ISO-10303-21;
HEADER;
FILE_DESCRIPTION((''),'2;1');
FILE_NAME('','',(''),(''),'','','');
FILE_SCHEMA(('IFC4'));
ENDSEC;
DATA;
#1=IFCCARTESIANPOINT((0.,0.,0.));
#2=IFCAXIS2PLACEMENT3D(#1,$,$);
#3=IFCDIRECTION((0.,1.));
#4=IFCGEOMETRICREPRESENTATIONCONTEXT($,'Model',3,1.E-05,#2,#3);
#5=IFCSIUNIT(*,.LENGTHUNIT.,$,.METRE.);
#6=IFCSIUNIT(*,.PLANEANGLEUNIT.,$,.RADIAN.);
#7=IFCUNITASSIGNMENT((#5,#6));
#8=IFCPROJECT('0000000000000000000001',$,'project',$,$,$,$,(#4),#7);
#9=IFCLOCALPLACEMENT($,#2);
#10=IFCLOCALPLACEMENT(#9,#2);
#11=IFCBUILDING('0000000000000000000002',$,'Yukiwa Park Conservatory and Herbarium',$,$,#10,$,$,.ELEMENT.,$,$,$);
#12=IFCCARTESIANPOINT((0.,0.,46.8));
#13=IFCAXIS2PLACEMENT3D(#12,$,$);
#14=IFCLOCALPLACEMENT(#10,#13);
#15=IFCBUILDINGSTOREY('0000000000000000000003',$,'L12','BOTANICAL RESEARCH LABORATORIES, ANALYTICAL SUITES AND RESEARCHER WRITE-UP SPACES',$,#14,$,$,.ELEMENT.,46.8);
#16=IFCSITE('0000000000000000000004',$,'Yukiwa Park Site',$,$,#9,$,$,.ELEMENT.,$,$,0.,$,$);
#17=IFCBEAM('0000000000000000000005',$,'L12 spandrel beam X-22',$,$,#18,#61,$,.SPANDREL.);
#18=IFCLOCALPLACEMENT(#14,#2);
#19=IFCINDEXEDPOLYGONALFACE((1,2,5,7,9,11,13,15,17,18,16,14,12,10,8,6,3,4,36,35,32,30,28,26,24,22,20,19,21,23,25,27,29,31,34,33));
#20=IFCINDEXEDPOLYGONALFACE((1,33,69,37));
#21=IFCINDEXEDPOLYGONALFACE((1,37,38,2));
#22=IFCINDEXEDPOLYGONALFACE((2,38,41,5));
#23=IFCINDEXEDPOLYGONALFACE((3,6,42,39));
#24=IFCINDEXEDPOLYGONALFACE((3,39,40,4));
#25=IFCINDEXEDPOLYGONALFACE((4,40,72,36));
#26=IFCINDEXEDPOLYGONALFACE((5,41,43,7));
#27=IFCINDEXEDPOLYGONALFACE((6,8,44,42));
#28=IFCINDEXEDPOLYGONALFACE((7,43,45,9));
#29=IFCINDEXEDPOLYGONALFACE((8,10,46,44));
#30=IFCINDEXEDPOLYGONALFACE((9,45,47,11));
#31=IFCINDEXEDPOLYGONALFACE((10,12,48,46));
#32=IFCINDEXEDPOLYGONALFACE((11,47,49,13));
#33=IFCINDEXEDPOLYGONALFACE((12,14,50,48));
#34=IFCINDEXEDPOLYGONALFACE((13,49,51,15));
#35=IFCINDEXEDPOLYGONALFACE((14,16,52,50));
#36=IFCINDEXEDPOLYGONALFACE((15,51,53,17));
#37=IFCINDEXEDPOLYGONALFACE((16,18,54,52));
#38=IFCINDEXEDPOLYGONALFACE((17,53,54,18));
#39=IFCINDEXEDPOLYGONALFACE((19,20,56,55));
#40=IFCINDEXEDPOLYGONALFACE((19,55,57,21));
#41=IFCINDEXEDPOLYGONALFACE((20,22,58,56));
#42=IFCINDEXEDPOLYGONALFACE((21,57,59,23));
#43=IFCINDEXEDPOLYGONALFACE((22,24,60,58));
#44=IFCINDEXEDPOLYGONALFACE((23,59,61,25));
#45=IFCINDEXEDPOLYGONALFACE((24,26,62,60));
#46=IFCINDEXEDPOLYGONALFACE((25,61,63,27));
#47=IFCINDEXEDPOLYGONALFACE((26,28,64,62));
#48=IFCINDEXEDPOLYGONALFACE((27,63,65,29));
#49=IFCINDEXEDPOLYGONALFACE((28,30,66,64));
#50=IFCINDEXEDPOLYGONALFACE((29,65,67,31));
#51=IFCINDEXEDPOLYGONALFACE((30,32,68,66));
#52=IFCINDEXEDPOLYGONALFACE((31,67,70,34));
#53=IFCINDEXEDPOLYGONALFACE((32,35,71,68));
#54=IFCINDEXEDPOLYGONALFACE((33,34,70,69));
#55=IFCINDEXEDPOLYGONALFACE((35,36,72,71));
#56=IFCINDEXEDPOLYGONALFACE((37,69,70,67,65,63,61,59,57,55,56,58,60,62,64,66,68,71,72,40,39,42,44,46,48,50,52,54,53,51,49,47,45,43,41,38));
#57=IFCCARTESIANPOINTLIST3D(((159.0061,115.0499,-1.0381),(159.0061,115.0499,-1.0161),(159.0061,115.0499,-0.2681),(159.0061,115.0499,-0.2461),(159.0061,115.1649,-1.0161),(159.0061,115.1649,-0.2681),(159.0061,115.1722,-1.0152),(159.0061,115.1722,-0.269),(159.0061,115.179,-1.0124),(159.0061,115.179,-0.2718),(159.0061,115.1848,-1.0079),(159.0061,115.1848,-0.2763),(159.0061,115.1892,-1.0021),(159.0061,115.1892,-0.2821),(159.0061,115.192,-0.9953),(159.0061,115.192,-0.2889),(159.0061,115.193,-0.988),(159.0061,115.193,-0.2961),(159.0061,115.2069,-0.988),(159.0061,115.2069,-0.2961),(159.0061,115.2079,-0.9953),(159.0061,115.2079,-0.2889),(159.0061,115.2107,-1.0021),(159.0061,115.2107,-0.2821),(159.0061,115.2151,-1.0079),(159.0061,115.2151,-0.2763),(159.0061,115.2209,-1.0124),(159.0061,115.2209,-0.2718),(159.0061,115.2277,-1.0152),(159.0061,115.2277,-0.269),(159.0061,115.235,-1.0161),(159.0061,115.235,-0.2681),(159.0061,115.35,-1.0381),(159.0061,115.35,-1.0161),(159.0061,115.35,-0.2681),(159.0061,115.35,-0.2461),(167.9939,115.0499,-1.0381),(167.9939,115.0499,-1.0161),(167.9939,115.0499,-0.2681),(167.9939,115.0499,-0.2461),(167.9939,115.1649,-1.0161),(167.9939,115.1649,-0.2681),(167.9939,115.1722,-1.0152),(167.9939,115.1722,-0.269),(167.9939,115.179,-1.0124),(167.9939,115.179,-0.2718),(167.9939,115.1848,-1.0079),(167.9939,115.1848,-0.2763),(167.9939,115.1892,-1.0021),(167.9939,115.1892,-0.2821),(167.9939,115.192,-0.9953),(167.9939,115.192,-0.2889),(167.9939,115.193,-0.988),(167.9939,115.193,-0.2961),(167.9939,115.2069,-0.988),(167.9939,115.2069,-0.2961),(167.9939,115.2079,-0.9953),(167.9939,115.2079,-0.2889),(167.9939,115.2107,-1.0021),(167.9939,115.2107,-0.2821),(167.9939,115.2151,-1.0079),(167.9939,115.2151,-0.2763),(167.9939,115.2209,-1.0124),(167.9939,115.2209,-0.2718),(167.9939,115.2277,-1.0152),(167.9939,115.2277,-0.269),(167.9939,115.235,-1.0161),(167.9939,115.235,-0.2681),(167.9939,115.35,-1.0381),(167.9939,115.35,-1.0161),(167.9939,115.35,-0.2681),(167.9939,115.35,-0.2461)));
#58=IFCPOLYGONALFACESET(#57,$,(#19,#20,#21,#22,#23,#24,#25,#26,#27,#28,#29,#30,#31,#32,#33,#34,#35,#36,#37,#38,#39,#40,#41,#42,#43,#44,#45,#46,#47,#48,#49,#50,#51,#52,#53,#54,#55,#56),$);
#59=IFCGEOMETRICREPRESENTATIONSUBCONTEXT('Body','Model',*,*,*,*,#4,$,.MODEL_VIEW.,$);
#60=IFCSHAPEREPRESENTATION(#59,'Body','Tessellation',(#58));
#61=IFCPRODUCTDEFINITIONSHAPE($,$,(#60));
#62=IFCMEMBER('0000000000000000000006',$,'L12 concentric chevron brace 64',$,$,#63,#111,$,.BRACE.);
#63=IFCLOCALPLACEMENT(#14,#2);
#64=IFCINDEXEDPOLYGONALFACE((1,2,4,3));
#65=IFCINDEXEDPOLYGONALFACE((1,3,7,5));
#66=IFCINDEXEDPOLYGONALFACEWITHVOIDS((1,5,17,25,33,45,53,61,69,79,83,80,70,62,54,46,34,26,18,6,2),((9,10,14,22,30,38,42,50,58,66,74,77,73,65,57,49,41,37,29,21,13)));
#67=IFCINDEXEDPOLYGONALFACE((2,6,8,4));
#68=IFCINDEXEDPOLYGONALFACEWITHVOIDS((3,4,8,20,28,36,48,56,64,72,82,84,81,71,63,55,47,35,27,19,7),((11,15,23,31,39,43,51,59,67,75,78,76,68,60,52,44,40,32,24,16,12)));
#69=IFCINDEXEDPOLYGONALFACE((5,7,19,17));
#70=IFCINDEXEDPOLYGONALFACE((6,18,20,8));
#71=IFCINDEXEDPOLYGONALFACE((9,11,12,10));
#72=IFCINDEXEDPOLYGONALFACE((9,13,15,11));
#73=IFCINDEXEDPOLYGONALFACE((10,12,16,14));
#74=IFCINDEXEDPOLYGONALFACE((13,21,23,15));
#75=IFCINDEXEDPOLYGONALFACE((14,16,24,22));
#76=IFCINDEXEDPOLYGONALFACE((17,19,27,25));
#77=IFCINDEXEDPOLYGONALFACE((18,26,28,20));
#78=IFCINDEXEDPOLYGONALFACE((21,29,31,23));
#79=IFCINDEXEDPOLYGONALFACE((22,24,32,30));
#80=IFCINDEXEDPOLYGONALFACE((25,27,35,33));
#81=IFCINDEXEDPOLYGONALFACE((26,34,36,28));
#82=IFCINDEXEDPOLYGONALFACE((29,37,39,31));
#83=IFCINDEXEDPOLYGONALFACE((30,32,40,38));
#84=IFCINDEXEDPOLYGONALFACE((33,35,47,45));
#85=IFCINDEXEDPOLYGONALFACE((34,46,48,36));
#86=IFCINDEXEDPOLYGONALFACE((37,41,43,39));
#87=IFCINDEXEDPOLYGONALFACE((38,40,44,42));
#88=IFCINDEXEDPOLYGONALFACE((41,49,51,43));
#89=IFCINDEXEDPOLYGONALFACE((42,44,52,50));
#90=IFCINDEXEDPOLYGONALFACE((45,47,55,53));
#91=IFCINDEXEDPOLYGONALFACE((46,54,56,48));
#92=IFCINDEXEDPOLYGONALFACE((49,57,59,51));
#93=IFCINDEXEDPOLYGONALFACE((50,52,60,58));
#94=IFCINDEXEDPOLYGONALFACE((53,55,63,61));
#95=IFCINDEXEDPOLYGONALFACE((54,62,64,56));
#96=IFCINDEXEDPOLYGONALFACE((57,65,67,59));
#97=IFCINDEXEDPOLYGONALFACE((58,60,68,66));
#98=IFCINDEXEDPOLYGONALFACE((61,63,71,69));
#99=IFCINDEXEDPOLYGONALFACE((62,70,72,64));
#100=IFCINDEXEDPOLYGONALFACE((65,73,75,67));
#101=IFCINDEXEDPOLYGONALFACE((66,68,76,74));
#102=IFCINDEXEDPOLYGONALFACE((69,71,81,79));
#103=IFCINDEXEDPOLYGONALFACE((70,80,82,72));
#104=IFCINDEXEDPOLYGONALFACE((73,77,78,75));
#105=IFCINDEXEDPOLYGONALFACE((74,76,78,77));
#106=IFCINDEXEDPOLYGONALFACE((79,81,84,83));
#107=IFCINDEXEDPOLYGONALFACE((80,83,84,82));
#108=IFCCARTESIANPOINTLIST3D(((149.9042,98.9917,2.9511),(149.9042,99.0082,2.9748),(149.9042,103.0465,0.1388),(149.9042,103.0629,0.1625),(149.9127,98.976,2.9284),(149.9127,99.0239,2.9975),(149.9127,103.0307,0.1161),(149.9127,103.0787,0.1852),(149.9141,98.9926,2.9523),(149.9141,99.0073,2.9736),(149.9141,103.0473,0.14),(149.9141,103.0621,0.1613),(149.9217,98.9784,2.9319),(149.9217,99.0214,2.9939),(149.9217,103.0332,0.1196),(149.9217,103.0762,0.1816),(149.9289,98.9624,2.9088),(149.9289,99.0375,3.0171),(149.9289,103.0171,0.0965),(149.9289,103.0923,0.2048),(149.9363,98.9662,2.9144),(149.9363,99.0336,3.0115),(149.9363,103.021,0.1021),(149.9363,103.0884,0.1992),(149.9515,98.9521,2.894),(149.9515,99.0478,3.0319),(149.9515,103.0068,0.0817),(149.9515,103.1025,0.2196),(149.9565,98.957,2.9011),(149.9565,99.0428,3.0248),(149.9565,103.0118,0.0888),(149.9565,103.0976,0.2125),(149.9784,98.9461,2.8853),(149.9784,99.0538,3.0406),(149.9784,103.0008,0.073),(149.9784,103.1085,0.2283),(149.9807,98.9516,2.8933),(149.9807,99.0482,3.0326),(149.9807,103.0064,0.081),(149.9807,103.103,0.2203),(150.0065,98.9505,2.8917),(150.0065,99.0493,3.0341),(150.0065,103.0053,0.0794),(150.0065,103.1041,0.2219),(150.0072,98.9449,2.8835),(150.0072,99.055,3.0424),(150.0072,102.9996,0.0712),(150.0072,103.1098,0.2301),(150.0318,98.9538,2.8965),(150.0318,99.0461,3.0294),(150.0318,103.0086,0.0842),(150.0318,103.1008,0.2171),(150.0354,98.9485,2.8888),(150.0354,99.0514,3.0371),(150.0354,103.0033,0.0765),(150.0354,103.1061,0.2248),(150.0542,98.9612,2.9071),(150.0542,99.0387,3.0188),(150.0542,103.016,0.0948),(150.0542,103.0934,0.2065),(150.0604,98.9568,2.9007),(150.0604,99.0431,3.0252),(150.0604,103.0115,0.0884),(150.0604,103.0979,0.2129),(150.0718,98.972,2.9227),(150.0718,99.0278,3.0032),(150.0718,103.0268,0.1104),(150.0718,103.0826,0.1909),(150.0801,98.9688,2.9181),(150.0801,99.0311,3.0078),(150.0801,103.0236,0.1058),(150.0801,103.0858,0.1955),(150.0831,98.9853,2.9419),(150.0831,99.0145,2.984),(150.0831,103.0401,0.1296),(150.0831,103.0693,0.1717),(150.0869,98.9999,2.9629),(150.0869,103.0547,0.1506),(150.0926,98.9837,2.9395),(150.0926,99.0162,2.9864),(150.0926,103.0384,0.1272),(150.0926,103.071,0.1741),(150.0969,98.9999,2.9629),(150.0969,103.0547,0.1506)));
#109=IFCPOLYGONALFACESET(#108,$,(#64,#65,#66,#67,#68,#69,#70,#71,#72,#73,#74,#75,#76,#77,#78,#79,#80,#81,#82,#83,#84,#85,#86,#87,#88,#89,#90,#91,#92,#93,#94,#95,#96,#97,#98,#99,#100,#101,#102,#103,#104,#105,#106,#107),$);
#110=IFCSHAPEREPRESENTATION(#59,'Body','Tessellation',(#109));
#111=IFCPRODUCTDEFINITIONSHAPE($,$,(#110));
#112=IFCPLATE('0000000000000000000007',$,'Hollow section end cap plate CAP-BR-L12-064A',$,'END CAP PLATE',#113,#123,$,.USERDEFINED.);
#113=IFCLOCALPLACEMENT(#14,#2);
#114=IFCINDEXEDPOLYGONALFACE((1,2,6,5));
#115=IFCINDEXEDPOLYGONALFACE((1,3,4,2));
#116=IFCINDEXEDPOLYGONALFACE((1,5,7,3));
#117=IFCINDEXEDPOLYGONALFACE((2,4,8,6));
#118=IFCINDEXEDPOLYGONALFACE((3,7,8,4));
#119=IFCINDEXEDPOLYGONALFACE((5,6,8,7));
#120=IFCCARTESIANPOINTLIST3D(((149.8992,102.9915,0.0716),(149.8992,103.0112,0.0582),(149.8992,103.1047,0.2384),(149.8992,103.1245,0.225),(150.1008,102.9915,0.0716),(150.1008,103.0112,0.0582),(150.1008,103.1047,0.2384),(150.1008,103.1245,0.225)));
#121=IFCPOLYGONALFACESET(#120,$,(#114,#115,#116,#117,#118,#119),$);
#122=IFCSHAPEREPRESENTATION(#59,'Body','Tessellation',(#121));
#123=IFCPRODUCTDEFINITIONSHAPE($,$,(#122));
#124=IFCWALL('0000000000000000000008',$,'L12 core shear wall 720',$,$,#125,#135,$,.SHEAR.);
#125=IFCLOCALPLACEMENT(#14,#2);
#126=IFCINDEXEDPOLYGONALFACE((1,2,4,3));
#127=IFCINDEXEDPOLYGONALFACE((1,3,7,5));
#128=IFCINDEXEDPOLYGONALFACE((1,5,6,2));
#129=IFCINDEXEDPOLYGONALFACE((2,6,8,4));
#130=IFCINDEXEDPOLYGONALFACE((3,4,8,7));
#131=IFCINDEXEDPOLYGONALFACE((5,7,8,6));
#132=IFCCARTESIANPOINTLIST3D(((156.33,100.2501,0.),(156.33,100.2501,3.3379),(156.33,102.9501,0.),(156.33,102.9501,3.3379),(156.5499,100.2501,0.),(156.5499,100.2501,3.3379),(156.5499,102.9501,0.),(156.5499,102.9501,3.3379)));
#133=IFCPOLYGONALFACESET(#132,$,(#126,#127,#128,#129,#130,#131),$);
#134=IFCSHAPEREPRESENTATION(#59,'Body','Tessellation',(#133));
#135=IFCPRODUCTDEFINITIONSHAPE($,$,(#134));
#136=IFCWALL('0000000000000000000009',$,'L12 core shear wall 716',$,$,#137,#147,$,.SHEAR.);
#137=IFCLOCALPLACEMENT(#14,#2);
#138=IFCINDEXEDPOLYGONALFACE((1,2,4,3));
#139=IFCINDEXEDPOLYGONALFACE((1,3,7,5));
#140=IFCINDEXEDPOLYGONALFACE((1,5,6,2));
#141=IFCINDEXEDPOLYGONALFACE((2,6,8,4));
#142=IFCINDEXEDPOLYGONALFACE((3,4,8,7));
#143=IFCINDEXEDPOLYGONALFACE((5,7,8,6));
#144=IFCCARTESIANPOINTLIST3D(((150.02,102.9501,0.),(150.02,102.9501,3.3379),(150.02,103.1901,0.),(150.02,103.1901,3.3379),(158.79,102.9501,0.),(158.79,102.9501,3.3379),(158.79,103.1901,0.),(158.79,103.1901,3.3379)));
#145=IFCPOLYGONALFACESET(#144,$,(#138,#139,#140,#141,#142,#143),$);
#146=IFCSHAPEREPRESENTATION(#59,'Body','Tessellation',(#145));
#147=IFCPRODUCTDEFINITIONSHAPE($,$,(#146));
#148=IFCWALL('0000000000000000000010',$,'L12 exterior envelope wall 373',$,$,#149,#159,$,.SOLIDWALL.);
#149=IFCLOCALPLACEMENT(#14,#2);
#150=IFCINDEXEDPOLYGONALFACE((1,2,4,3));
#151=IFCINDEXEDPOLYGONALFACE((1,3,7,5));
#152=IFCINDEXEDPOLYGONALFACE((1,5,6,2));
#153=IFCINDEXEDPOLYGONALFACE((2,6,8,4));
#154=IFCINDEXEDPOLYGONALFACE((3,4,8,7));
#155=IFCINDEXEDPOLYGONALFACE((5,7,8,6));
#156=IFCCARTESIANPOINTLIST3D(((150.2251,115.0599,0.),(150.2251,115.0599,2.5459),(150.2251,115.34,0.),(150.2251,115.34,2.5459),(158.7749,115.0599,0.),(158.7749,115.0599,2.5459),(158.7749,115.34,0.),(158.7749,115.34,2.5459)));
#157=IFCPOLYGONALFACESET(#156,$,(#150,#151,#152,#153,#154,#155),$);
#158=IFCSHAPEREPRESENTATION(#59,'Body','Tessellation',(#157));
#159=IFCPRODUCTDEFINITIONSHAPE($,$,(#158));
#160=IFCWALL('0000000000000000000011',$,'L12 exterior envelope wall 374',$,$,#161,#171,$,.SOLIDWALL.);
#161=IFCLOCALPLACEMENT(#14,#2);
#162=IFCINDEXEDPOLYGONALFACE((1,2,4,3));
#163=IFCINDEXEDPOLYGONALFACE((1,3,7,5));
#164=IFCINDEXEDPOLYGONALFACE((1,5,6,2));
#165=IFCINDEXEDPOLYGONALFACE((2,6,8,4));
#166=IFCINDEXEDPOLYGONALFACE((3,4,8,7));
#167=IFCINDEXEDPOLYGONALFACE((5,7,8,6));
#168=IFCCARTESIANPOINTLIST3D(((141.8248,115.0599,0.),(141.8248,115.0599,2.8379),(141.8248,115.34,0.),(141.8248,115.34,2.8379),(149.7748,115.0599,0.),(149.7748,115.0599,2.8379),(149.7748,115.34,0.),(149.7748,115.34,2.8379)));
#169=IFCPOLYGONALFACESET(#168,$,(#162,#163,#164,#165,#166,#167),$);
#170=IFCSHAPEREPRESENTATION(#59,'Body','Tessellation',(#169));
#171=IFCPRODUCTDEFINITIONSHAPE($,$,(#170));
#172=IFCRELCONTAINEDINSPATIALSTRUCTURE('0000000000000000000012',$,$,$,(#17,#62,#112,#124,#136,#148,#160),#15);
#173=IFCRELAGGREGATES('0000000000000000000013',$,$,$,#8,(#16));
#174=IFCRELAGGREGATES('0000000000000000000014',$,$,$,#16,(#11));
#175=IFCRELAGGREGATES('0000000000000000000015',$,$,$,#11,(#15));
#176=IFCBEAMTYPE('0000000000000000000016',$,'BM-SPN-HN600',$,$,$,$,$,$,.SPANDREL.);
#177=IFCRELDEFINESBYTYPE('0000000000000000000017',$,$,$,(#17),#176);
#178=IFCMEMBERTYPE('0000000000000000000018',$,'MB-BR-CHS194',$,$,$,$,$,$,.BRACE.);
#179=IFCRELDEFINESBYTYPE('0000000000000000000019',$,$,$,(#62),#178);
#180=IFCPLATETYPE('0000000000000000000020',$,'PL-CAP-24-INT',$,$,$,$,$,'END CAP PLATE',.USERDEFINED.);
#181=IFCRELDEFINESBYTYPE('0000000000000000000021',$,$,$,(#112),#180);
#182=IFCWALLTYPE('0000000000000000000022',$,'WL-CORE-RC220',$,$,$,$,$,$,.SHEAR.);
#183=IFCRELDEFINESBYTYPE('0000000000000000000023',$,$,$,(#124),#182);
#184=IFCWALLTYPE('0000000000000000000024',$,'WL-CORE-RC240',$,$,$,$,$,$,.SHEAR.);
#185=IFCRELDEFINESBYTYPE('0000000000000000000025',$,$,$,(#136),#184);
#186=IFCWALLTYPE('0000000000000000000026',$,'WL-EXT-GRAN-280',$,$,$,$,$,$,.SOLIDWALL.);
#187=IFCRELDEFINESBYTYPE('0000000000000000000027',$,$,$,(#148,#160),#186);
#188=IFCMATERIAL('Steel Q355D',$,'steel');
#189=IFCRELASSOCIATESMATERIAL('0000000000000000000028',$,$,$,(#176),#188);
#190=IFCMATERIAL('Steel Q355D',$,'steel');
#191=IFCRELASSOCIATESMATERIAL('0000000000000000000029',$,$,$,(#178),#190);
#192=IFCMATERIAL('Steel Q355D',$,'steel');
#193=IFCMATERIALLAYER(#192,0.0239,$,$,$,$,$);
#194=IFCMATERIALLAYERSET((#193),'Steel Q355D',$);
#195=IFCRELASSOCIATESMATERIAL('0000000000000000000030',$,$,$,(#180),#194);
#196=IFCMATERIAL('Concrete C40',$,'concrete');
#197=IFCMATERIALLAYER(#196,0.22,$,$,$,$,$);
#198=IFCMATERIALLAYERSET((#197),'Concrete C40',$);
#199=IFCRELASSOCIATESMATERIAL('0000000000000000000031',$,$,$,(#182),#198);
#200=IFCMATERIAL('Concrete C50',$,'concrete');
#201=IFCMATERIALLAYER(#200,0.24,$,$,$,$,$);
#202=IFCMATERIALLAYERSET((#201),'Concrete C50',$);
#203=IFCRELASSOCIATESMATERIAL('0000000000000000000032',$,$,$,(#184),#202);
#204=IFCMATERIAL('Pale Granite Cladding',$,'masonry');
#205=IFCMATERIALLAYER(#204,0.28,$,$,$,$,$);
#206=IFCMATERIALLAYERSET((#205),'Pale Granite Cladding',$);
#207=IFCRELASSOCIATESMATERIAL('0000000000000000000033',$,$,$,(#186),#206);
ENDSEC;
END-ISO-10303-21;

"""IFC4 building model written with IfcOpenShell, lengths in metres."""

from ifc_helpers import new_model, si_unit, direction, frame, frame_2d, origin, origin_2d, place, context, subcontext, project, spatial, rectangle, hollow_circle, i_section, extrude, material, layer, layer_set, material_profile, profile_set, type_object, element, save


model = new_model("IFC4")

# Units and contexts
model_context = context("Model", 3, precision=1e-05, world=origin(), true_north=direction((0.0, 1.0)))
body_context = subcontext(model_context, "Body", "Model", "MODEL_VIEW")
ifc_project = project(units=[si_unit("LENGTHUNIT", "METRE"), si_unit("PLANEANGLEUNIT", "RADIAN")], contexts=[model_context])

# Site, building, storey
site_placement = place(None, origin())
site = spatial("IfcSite", under=ifc_project, at=site_placement, Name="Yukiwa Park Site", CompositionType="ELEMENT", RefElevation=0.0)
building_placement = place(site_placement, origin())
building = spatial("IfcBuilding", under=site, at=building_placement, Name="Yukiwa Park Conservatory and Herbarium", CompositionType="ELEMENT")
storey_placement = place(building_placement, frame((0.0, 0.0, 46.8)))
storey = spatial("IfcBuildingStorey", under=building, at=storey_placement, Name="L12", Description="BOTANICAL RESEARCH LABORATORIES, ANALYTICAL SUITES AND RESEARCHER WRITE-UP SPACES", CompositionType="ELEMENT", Elevation=46.8)

# Beam
ifc_material_1 = material(Name="Steel Q355D", Category="steel")
ifc_material_profile_1 = material_profile(ifc_material_1, i_section(OverallWidth=0.3, OverallDepth=0.792, WebThickness=0.0139, FlangeThickness=0.022, FilletRadius=0.0281, at=origin_2d()), Name="HN 792x300x14x22")
ifc_profile_set_1 = profile_set([ifc_material_profile_1], Name="Steel Q355D")
beam_type_1 = type_object("IfcBeamType", Name="BM-SPN-HN600", PredefinedType="SPANDREL", material=ifc_profile_set_1)
for number, where, z_axis, x_axis, name in (
    (1, (159.0061, 115.2, -0.6421), (1.0, 0.0, 0.0), (0.0, 1.0, 0.0), "L12 spandrel beam X-22"),
):
    element("IfcBeam", number, at=place(storey_placement, frame(where, z_axis=z_axis, x_axis=x_axis)), inside=storey, type_object=beam_type_1, Name=name, PredefinedType="SPANDREL", context=body_context, shape_type="SweptSolid", body=[
        extrude(i_section(OverallWidth=0.3, OverallDepth=0.792, WebThickness=0.0139, FlangeThickness=0.022, FilletRadius=0.0281, at=origin_2d()), origin(), (0.0, 0.0, 1.0), 8.9878),
    ])

# Member
ifc_material_2 = material(Name="Steel Q355D", Category="steel")
ifc_material_profile_2 = material_profile(ifc_material_2, hollow_circle(Radius=0.0969, WallThickness=0.01, at=origin_2d()), Name="CHS 193.7x10")
ifc_profile_set_2 = profile_set([ifc_material_profile_2], Name="Steel Q355D")
member_type = type_object("IfcMemberType", Name="MB-BR-CHS194", PredefinedType="BRACE", material=ifc_profile_set_2)
member_placement = place(storey_placement, frame((150.0, 103.0547, 0.1506), z_axis=(0.0, -0.821702, 0.569917), x_axis=(1.0, 0.0, 0.0)))
element("IfcMember", 2, at=member_placement, inside=storey, type_object=member_type, Name="L12 concentric chevron brace 64", PredefinedType="BRACE", context=body_context, shape_type="SweptSolid", body=[
    extrude(hollow_circle(Radius=0.0969, WallThickness=0.01, at=origin_2d()), origin(), (0.0, 0.0, 1.0), 4.9346),
])

# Plate
ifc_material_3 = material(Name="Steel Q355D", Category="steel")
ifc_layer_1 = layer(ifc_material_3, 0.0239)
ifc_layer_set_1 = layer_set([ifc_layer_1], Name="Steel Q355D")
plate_type = type_object("IfcPlateType", Name="PL-CAP-24-INT", ElementType="END CAP PLATE", PredefinedType="USERDEFINED", material=ifc_layer_set_1)
plate_placement = place(storey_placement, frame((150.0, 103.0481, 0.155), z_axis=(0.0, 0.827306, -0.561751), x_axis=(-1.0, 0.0, 0.0)))
element("IfcPlate", 3, at=plate_placement, inside=storey, type_object=plate_type, Name="Hollow section end cap plate CAP-BR-L12-064A", ObjectType="END CAP PLATE", PredefinedType="USERDEFINED", context=body_context, shape_type="SweptSolid", body=[
    extrude(rectangle(XDim=0.2017, YDim=0.2017, at=origin_2d()), origin(), (0.0, 0.0, 1.0), 0.0239),
])

# Wall
ifc_material_4 = material(Name="Concrete C40", Category="concrete")
ifc_layer_2 = layer(ifc_material_4, 0.22)
ifc_layer_set_2 = layer_set([ifc_layer_2], Name="Concrete C40")
wall_type_1 = type_object("IfcWallType", Name="WL-CORE-RC220", PredefinedType="SHEAR", material=ifc_layer_set_2)
wall_1_placement = place(storey_placement, frame((156.4399, 100.25, 0.0), z_axis=(0.0, 0.0, 1.0), x_axis=(0.0, 1.0, 0.0)))
element("IfcWall", 4, at=wall_1_placement, inside=storey, type_object=wall_type_1, Name="L12 core shear wall 720", PredefinedType="SHEAR", context=body_context, shape_type="SweptSolid", body=[
    extrude(rectangle(XDim=2.7, YDim=0.22, at=frame_2d((1.3501, 0.0))), origin(), (0.0, 0.0, 1.0), 3.3379),
])

# Walls
ifc_material_5 = material(Name="Concrete C50", Category="concrete")
ifc_layer_3 = layer(ifc_material_5, 0.24)
ifc_layer_set_3 = layer_set([ifc_layer_3], Name="Concrete C50")
wall_type_2 = type_object("IfcWallType", Name="WL-CORE-RC240", PredefinedType="SHEAR", material=ifc_layer_set_3)
wall_2_placement = place(storey_placement, frame((150.02, 103.0701, 0.0), z_axis=(0.0, 0.0, 1.0), x_axis=(1.0, 0.0, 0.0)))
element("IfcWall", 5, at=wall_2_placement, inside=storey, type_object=wall_type_2, Name="L12 core shear wall 716", PredefinedType="SHEAR", context=body_context, shape_type="SweptSolid", body=[
    extrude(rectangle(XDim=8.77, YDim=0.24, at=frame_2d((4.385, 0.0))), origin(), (0.0, 0.0, 1.0), 3.3379),
])
ifc_material_6 = material(Name="Pale Granite Cladding", Category="masonry")
ifc_layer_4 = layer(ifc_material_6, 0.28)
ifc_layer_set_4 = layer_set([ifc_layer_4], Name="Pale Granite Cladding")
wall_type_3 = type_object("IfcWallType", Name="WL-EXT-GRAN-280", PredefinedType="SOLIDWALL", material=ifc_layer_set_4)
wall_3_placement = place(storey_placement, frame((158.7749, 115.2, 0.0), z_axis=(0.0, 0.0, 1.0), x_axis=(-1.0, 0.0, 0.0)))
element("IfcWall", 6, at=wall_3_placement, inside=storey, type_object=wall_type_3, Name="L12 exterior envelope wall 373", PredefinedType="SOLIDWALL", context=body_context, shape_type="SweptSolid", body=[
    extrude(rectangle(XDim=8.5498, YDim=0.28, at=frame_2d((4.2749, 0.0))), origin(), (0.0, 0.0, 1.0), 2.5459),
])
wall_4_placement = place(storey_placement, frame((149.7749, 115.2, 0.0), z_axis=(0.0, 0.0, 1.0), x_axis=(-1.0, 0.0, 0.0)))
element("IfcWall", 7, at=wall_4_placement, inside=storey, type_object=wall_type_3, Name="L12 exterior envelope wall 374", PredefinedType="SOLIDWALL", context=body_context, shape_type="SweptSolid", body=[
    extrude(rectangle(XDim=7.95, YDim=0.28, at=frame_2d((3.9751, 0.0))), origin(), (0.0, 0.0, 1.0), 2.8379),
])

save(model, "model.ifc")
